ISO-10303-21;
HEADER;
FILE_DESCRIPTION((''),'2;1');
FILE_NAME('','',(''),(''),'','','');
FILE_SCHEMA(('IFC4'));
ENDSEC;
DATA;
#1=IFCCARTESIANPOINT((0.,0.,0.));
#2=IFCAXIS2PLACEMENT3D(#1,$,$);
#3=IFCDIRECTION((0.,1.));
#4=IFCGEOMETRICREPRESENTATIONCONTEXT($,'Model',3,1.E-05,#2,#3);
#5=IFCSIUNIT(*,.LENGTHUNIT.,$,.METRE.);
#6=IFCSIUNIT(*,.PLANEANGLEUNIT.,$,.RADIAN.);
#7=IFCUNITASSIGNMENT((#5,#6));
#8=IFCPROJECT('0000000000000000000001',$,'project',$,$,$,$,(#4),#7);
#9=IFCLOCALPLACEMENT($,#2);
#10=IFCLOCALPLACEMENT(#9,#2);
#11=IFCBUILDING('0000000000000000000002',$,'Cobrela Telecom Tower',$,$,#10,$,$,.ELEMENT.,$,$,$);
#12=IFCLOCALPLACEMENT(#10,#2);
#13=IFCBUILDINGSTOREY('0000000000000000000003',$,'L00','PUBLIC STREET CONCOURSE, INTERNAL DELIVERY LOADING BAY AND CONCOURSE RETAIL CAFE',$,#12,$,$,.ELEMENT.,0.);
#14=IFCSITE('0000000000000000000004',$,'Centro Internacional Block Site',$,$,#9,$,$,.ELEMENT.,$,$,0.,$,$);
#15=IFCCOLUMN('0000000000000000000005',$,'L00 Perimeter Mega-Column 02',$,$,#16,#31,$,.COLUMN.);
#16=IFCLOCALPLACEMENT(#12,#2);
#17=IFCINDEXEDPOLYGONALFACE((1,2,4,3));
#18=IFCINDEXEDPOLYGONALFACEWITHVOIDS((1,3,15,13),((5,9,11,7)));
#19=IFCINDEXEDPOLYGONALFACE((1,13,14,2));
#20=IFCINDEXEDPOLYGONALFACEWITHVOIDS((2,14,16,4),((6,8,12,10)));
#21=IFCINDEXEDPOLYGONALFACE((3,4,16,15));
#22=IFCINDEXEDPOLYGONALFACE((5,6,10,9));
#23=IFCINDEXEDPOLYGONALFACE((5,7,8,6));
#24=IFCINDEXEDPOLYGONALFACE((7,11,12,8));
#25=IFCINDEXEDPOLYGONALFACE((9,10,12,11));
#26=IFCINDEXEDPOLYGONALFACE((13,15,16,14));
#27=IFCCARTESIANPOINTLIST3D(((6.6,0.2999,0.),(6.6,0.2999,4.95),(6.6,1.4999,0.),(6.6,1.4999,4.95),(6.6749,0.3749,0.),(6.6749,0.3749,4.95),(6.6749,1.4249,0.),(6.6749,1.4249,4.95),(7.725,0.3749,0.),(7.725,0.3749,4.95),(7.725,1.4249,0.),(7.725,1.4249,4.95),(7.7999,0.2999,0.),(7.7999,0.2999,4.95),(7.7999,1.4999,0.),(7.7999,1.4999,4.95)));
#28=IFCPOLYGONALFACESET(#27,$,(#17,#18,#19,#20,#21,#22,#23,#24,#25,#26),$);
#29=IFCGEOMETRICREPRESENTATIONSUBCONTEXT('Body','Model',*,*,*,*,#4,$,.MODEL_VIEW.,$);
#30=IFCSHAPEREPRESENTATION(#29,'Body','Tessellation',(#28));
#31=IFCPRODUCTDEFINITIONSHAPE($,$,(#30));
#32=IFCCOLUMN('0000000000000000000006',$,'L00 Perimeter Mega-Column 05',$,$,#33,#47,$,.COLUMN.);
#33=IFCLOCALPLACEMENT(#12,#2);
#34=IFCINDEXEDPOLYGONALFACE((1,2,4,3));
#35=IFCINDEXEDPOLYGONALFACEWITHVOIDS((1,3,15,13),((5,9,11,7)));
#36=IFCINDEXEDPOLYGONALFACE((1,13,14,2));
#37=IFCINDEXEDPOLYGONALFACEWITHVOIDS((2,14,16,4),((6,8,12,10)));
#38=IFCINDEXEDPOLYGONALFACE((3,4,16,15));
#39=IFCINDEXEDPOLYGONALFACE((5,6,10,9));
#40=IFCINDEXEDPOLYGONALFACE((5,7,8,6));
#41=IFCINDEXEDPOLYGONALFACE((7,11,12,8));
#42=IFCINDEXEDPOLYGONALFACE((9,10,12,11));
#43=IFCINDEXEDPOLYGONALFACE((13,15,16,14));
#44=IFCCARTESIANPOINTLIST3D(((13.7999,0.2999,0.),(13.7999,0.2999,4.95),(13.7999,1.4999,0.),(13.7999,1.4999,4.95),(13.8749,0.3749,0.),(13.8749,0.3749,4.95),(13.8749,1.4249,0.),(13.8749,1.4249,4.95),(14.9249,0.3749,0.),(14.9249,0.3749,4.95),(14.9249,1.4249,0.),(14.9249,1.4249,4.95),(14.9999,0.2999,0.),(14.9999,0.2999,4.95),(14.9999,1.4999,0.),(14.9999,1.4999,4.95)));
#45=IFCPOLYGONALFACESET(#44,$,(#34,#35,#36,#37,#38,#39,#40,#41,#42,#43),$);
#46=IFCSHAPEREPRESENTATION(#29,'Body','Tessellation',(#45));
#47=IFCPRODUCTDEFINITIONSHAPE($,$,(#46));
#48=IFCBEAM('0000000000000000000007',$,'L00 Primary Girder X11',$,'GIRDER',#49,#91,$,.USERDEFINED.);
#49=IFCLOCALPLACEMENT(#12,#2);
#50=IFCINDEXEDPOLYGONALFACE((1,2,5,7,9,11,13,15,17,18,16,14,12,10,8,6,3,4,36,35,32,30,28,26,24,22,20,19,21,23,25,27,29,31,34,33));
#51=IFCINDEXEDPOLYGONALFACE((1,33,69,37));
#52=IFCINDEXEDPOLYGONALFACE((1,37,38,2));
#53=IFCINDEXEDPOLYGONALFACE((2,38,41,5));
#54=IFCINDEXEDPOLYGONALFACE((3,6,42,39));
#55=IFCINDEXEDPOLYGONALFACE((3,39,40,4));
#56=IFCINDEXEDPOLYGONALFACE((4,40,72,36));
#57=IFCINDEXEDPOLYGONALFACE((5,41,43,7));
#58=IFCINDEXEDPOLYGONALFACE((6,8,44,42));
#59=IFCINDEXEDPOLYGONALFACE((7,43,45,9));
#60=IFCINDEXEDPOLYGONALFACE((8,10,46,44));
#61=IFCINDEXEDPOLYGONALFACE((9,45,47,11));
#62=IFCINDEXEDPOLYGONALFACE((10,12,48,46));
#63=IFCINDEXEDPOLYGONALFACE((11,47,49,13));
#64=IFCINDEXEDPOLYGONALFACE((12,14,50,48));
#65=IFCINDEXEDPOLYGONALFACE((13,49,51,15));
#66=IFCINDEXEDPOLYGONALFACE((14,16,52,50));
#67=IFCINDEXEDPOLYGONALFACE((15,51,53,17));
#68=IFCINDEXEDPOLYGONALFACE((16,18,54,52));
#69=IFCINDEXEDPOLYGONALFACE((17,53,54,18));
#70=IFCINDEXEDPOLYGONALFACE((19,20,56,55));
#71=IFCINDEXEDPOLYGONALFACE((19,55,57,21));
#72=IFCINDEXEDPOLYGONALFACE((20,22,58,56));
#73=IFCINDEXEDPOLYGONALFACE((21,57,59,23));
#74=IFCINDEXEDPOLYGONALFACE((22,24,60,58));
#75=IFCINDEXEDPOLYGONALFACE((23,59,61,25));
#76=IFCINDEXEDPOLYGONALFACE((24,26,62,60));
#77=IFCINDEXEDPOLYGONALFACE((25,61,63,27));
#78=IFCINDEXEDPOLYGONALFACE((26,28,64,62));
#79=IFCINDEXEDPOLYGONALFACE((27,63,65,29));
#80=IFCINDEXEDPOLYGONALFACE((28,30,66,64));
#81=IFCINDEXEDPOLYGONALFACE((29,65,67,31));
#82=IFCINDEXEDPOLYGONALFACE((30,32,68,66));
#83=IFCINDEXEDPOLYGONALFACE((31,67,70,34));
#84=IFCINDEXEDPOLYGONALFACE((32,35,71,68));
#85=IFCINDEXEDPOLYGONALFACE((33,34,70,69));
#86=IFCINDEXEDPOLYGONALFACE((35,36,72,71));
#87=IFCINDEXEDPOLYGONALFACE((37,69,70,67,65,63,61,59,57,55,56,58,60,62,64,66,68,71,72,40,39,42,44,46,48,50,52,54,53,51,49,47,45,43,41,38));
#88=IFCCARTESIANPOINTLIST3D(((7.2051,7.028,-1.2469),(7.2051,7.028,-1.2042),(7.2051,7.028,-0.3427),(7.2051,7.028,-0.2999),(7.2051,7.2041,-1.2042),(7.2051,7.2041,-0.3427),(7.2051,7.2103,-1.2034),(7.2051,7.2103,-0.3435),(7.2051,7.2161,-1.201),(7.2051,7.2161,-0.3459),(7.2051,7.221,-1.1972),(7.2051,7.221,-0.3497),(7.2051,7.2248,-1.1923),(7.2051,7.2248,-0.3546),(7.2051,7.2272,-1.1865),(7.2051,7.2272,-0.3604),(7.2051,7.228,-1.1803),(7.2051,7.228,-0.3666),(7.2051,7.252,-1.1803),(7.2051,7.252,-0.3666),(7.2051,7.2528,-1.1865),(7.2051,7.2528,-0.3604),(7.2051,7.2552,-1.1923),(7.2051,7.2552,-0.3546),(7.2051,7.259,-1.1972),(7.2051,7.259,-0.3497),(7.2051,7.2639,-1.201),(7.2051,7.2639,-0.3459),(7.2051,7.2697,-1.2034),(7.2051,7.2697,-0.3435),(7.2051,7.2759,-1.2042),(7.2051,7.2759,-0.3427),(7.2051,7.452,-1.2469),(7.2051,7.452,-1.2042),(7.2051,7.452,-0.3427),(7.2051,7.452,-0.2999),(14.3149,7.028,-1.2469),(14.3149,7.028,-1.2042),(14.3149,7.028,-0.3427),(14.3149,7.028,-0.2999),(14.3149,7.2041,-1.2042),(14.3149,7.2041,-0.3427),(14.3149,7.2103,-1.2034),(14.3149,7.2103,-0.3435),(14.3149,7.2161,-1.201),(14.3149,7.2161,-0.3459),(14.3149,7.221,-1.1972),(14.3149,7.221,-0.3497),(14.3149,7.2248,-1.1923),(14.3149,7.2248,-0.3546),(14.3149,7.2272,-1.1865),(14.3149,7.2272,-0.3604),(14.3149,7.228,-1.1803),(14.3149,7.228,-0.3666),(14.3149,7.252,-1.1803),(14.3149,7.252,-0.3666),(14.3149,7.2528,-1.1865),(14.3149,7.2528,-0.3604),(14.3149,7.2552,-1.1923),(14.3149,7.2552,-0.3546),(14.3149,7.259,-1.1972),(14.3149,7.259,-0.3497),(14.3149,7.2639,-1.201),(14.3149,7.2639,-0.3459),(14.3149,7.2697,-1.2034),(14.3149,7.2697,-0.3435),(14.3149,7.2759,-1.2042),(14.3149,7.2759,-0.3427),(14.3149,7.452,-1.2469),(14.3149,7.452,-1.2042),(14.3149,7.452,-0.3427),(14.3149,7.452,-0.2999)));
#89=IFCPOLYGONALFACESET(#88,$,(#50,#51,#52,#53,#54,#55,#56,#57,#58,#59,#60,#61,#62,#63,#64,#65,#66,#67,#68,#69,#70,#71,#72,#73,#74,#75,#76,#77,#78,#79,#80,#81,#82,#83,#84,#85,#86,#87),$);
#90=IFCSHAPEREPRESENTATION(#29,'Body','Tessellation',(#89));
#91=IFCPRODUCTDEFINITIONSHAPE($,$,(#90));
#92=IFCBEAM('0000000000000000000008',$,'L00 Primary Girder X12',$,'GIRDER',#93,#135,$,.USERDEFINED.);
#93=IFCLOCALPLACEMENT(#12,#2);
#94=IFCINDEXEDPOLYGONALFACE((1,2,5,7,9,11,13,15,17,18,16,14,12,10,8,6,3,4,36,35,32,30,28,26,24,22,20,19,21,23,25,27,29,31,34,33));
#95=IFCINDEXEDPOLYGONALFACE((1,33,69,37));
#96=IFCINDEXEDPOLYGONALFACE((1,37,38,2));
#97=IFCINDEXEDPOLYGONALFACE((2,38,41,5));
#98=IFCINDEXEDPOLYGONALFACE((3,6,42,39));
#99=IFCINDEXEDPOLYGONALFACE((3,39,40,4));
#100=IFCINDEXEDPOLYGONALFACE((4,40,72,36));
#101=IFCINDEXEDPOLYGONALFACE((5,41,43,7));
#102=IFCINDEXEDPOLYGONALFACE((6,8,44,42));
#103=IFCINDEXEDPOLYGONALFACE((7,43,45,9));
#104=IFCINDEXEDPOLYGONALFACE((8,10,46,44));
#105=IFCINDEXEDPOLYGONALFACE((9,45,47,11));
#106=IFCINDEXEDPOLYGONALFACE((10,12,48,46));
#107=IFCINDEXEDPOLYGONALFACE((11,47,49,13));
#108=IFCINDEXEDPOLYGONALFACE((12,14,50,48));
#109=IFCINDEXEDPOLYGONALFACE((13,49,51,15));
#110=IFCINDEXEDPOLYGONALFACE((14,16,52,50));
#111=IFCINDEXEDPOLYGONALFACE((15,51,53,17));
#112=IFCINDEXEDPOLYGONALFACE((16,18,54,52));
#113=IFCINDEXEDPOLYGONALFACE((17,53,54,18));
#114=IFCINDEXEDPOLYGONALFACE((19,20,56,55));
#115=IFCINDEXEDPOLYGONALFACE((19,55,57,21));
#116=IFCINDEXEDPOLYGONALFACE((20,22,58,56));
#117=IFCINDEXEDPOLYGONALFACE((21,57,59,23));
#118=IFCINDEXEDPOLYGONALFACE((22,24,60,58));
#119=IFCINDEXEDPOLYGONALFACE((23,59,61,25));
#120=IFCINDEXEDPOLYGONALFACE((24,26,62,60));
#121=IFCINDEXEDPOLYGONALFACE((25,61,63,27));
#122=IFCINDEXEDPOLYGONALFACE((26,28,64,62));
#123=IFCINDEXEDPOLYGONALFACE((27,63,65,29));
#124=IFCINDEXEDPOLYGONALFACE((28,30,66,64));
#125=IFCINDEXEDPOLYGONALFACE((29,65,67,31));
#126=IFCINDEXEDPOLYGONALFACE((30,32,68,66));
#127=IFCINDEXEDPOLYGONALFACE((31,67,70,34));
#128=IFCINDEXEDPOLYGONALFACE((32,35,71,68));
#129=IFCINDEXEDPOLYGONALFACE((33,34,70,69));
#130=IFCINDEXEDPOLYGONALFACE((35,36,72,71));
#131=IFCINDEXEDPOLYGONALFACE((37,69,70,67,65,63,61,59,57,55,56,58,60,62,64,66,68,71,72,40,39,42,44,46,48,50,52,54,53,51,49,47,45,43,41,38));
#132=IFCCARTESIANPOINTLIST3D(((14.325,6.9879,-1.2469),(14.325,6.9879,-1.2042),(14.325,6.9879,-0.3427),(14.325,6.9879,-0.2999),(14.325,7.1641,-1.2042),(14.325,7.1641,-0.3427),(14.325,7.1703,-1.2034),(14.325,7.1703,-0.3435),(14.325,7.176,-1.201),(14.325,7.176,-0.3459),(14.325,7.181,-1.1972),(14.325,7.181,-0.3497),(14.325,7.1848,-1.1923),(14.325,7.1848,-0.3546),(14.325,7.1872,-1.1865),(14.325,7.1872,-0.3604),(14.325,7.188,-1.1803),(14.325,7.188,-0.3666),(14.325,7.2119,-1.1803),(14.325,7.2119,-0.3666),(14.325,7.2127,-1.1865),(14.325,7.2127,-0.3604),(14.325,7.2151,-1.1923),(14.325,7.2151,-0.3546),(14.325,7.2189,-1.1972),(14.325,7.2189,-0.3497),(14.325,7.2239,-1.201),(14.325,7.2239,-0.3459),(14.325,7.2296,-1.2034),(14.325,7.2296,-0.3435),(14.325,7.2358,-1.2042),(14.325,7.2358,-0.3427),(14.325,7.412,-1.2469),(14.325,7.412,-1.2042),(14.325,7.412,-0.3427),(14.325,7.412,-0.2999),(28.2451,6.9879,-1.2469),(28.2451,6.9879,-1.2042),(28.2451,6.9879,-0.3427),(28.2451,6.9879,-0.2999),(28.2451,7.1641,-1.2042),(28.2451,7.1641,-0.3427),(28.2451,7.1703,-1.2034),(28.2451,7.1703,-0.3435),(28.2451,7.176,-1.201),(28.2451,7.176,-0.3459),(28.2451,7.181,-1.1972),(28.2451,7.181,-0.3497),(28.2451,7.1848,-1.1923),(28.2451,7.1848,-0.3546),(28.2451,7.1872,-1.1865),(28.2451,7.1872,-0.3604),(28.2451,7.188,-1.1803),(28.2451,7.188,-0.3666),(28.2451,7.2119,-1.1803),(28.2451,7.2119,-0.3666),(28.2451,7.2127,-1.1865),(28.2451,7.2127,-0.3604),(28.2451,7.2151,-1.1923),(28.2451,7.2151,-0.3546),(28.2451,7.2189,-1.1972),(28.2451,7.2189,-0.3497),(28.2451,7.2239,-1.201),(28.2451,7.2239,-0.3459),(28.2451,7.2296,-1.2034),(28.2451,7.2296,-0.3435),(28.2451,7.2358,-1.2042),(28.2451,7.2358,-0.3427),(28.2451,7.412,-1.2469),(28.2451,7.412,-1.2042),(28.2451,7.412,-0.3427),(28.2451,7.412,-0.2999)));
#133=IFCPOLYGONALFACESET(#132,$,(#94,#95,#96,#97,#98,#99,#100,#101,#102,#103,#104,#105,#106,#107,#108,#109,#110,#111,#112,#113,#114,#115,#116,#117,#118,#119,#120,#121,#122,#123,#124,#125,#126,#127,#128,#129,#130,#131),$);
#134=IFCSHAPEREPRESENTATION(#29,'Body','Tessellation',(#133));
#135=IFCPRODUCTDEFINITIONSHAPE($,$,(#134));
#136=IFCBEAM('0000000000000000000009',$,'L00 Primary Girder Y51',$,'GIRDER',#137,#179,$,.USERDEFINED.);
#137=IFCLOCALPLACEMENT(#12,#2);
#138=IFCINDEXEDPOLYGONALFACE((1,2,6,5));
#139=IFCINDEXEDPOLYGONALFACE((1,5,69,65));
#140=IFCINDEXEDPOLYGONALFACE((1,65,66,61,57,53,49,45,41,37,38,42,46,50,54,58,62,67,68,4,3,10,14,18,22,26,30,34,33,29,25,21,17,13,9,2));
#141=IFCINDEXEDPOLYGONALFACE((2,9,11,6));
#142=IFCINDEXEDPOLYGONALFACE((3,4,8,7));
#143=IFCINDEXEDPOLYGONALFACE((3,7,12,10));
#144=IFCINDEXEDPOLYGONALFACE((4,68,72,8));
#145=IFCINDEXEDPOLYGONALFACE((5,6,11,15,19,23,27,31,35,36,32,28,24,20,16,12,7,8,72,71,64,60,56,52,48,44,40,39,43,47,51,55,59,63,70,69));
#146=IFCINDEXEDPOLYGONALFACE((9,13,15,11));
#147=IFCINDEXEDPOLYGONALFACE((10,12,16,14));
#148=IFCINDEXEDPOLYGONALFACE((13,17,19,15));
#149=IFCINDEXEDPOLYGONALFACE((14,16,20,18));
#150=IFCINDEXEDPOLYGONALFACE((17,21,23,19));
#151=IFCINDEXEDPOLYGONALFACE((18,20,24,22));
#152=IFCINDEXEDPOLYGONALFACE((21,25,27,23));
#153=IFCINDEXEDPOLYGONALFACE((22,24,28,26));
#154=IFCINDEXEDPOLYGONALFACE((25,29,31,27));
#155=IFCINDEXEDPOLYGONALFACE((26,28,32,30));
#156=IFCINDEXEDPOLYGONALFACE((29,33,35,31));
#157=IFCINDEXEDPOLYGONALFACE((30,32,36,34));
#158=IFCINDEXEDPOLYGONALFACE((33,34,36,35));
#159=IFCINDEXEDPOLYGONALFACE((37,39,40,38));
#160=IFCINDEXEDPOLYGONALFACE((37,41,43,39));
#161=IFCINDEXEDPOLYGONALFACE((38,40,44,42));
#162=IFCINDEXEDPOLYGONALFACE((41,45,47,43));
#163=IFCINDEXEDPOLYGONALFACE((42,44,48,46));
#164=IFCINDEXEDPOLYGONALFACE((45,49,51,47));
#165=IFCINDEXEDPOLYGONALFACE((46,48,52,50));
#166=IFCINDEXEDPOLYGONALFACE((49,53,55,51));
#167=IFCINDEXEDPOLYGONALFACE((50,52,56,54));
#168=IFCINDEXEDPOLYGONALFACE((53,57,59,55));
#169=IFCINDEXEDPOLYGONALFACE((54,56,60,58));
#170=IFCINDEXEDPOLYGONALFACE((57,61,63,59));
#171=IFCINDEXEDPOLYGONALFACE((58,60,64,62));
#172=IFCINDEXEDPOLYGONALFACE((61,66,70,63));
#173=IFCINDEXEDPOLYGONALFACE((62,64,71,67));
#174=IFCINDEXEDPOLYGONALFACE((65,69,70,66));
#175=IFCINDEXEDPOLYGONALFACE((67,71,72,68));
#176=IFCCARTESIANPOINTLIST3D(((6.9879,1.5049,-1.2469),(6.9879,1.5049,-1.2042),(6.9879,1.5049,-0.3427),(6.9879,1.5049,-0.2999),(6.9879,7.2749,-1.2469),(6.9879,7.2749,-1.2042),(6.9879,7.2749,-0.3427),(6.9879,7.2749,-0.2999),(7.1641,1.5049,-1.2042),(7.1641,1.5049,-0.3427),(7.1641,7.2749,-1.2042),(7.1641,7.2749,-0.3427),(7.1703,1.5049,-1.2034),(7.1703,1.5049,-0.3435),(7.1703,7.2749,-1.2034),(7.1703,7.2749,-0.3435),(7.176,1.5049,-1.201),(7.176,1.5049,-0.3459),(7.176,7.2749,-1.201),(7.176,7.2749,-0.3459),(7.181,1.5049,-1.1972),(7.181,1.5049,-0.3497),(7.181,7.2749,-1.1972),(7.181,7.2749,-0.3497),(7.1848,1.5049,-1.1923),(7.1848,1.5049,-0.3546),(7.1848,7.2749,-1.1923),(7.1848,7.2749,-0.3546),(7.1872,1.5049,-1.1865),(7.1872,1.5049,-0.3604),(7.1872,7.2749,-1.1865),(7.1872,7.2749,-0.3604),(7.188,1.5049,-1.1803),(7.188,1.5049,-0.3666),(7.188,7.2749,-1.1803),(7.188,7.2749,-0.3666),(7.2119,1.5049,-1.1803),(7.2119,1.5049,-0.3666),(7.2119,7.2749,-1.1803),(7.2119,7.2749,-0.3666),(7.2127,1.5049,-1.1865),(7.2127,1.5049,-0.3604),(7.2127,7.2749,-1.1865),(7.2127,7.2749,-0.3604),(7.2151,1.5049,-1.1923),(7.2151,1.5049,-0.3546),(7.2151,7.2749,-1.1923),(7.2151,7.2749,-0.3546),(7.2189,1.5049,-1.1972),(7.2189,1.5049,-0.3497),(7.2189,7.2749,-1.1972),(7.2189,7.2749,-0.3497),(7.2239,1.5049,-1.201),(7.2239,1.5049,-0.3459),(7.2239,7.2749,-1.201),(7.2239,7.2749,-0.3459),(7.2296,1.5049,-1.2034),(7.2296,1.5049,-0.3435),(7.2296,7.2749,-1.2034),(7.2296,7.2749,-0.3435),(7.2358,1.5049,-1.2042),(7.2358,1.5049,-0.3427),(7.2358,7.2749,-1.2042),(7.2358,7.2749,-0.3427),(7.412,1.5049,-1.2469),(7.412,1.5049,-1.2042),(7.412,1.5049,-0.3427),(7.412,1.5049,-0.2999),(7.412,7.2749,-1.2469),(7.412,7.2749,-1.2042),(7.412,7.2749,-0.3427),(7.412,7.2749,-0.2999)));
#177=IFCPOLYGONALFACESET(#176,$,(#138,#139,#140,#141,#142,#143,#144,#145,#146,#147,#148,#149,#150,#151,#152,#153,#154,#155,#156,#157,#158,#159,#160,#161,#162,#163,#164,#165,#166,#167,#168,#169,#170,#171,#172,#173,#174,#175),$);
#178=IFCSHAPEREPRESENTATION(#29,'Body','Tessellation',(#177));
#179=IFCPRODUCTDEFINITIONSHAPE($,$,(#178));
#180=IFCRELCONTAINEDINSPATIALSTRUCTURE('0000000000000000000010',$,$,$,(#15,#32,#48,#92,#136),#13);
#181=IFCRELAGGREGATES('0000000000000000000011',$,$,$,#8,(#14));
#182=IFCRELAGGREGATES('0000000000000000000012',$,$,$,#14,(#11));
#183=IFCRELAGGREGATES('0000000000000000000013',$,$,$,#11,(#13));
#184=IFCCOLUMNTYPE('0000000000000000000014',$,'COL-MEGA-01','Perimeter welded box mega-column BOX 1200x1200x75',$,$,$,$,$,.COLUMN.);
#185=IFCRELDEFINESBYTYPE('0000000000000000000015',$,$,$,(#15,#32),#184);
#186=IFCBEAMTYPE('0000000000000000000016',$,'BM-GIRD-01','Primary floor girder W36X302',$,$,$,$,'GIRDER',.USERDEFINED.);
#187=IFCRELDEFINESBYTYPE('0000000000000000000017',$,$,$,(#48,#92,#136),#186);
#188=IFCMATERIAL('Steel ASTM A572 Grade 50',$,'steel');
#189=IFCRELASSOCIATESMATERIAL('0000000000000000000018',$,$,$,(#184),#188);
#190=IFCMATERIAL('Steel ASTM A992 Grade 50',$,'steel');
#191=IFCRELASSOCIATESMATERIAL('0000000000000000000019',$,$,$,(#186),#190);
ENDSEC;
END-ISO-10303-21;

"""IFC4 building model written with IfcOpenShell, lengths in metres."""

from ifc_helpers import new_model, si_unit, direction, frame, origin, origin_2d, place, context, subcontext, project, spatial, hollow_rectangle, i_section, extrude, material, material_profile, profile_set, type_object, element, save


model = new_model("IFC4")

# Units and contexts
model_context = context("Model", 3, precision=1e-05, world=origin(), true_north=direction((0.0, 1.0)))
body_context = subcontext(model_context, "Body", "Model", "MODEL_VIEW")
ifc_project = project(units=[si_unit("LENGTHUNIT", "METRE"), si_unit("PLANEANGLEUNIT", "RADIAN")], contexts=[model_context])

# Site, building, storey
site_placement = place(None, origin())
site = spatial("IfcSite", under=ifc_project, at=site_placement, Name="Centro Internacional Block Site", CompositionType="ELEMENT", RefElevation=0.0)
building_placement = place(site_placement, origin())
building = spatial("IfcBuilding", under=site, at=building_placement, Name="Cobrela Telecom Tower", CompositionType="ELEMENT")
storey_placement = place(building_placement, origin())
storey = spatial("IfcBuildingStorey", under=building, at=storey_placement, Name="L00", Description="PUBLIC STREET CONCOURSE, INTERNAL DELIVERY LOADING BAY AND CONCOURSE RETAIL CAFE", CompositionType="ELEMENT", Elevation=0.0)

# Columns
ifc_material_1 = material(Name="Steel ASTM A572 Grade 50", Category="steel")
ifc_material_profile_1 = material_profile(ifc_material_1, hollow_rectangle(XDim=1.2, YDim=1.2, WallThickness=0.075, at=origin_2d()), Name="BOX 1200x1200x75")
ifc_profile_set_1 = profile_set([ifc_material_profile_1], Name="Steel ASTM A572 Grade 50")
column_type = type_object("IfcColumnType", Name="COL-MEGA-01", Description="Perimeter welded box mega-column BOX 1200x1200x75", PredefinedType="COLUMN", material=ifc_profile_set_1)
for number, where, z_axis, x_axis, name in (
    (1, (7.2, 0.8999, 0.0), (0.0, 0.0, 1.0), (1.0, 0.0, 0.0), "L00 Perimeter Mega-Column 02"),
    (2, (14.3999, 0.8999, 0.0), (0.0, 0.0, 1.0), (1.0, 0.0, 0.0), "L00 Perimeter Mega-Column 05"),
):
    element("IfcColumn", number, at=place(storey_placement, frame(where, z_axis=z_axis, x_axis=x_axis)), inside=storey, type_object=column_type, Name=name, PredefinedType="COLUMN", context=body_context, shape_type="SweptSolid", body=[
        extrude(hollow_rectangle(XDim=1.2, YDim=1.2, WallThickness=0.075, at=origin_2d()), origin(), (0.0, 0.0, 1.0), 4.95),
    ])

# Beams
ifc_material_2 = material(Name="Steel ASTM A992 Grade 50", Category="steel")
ifc_material_profile_2 = material_profile(ifc_material_2, i_section(OverallWidth=0.4241, OverallDepth=0.947, WebThickness=0.0239, FlangeThickness=0.0427, FilletRadius=0.0239, at=origin_2d()), Name="W36X302")
ifc_profile_set_2 = profile_set([ifc_material_profile_2], Name="Steel ASTM A992 Grade 50")
beam_type_1 = type_object("IfcBeamType", Name="BM-GIRD-01", Description="Primary floor girder W36X302", ElementType="GIRDER", PredefinedType="USERDEFINED", material=ifc_profile_set_2)
beam_1_placement = place(storey_placement, frame((7.2051, 7.24, -0.7734), z_axis=(1.0, 0.0, 0.0), x_axis=(0.0, 1.0, 0.0)))
element("IfcBeam", 3, at=beam_1_placement, inside=storey, type_object=beam_type_1, Name="L00 Primary Girder X11", ObjectType="GIRDER", PredefinedType="USERDEFINED", context=body_context, shape_type="SweptSolid", body=[
    extrude(i_section(OverallWidth=0.4241, OverallDepth=0.947, WebThickness=0.0239, FlangeThickness=0.0427, FilletRadius=0.0239, at=origin_2d()), origin(), (0.0, 0.0, 1.0), 7.1099),
])
beam_2_placement = place(storey_placement, frame((14.325, 7.2, -0.7734), z_axis=(1.0, 0.0, 0.0), x_axis=(0.0, 1.0, 0.0)))
element("IfcBeam", 4, at=beam_2_placement, inside=storey, type_object=beam_type_1, Name="L00 Primary Girder X12", ObjectType="GIRDER", PredefinedType="USERDEFINED", context=body_context, shape_type="SweptSolid", body=[
    extrude(i_section(OverallWidth=0.4241, OverallDepth=0.947, WebThickness=0.0239, FlangeThickness=0.0427, FilletRadius=0.0239, at=origin_2d()), origin(), (0.0, 0.0, 1.0), 13.9202),
])
beam_3_placement = place(storey_placement, frame((7.2, 1.5049, -0.7734), z_axis=(0.0, 1.0, 0.0), x_axis=(-1.0, 0.0, 0.0)))
element("IfcBeam", 5, at=beam_3_placement, inside=storey, type_object=beam_type_1, Name="L00 Primary Girder Y51", ObjectType="GIRDER", PredefinedType="USERDEFINED", context=body_context, shape_type="SweptSolid", body=[
    extrude(i_section(OverallWidth=0.4241, OverallDepth=0.947, WebThickness=0.0239, FlangeThickness=0.0427, FilletRadius=0.0239, at=origin_2d()), origin(), (0.0, 0.0, 1.0), 5.77),
])

save(model, "model.ifc")
